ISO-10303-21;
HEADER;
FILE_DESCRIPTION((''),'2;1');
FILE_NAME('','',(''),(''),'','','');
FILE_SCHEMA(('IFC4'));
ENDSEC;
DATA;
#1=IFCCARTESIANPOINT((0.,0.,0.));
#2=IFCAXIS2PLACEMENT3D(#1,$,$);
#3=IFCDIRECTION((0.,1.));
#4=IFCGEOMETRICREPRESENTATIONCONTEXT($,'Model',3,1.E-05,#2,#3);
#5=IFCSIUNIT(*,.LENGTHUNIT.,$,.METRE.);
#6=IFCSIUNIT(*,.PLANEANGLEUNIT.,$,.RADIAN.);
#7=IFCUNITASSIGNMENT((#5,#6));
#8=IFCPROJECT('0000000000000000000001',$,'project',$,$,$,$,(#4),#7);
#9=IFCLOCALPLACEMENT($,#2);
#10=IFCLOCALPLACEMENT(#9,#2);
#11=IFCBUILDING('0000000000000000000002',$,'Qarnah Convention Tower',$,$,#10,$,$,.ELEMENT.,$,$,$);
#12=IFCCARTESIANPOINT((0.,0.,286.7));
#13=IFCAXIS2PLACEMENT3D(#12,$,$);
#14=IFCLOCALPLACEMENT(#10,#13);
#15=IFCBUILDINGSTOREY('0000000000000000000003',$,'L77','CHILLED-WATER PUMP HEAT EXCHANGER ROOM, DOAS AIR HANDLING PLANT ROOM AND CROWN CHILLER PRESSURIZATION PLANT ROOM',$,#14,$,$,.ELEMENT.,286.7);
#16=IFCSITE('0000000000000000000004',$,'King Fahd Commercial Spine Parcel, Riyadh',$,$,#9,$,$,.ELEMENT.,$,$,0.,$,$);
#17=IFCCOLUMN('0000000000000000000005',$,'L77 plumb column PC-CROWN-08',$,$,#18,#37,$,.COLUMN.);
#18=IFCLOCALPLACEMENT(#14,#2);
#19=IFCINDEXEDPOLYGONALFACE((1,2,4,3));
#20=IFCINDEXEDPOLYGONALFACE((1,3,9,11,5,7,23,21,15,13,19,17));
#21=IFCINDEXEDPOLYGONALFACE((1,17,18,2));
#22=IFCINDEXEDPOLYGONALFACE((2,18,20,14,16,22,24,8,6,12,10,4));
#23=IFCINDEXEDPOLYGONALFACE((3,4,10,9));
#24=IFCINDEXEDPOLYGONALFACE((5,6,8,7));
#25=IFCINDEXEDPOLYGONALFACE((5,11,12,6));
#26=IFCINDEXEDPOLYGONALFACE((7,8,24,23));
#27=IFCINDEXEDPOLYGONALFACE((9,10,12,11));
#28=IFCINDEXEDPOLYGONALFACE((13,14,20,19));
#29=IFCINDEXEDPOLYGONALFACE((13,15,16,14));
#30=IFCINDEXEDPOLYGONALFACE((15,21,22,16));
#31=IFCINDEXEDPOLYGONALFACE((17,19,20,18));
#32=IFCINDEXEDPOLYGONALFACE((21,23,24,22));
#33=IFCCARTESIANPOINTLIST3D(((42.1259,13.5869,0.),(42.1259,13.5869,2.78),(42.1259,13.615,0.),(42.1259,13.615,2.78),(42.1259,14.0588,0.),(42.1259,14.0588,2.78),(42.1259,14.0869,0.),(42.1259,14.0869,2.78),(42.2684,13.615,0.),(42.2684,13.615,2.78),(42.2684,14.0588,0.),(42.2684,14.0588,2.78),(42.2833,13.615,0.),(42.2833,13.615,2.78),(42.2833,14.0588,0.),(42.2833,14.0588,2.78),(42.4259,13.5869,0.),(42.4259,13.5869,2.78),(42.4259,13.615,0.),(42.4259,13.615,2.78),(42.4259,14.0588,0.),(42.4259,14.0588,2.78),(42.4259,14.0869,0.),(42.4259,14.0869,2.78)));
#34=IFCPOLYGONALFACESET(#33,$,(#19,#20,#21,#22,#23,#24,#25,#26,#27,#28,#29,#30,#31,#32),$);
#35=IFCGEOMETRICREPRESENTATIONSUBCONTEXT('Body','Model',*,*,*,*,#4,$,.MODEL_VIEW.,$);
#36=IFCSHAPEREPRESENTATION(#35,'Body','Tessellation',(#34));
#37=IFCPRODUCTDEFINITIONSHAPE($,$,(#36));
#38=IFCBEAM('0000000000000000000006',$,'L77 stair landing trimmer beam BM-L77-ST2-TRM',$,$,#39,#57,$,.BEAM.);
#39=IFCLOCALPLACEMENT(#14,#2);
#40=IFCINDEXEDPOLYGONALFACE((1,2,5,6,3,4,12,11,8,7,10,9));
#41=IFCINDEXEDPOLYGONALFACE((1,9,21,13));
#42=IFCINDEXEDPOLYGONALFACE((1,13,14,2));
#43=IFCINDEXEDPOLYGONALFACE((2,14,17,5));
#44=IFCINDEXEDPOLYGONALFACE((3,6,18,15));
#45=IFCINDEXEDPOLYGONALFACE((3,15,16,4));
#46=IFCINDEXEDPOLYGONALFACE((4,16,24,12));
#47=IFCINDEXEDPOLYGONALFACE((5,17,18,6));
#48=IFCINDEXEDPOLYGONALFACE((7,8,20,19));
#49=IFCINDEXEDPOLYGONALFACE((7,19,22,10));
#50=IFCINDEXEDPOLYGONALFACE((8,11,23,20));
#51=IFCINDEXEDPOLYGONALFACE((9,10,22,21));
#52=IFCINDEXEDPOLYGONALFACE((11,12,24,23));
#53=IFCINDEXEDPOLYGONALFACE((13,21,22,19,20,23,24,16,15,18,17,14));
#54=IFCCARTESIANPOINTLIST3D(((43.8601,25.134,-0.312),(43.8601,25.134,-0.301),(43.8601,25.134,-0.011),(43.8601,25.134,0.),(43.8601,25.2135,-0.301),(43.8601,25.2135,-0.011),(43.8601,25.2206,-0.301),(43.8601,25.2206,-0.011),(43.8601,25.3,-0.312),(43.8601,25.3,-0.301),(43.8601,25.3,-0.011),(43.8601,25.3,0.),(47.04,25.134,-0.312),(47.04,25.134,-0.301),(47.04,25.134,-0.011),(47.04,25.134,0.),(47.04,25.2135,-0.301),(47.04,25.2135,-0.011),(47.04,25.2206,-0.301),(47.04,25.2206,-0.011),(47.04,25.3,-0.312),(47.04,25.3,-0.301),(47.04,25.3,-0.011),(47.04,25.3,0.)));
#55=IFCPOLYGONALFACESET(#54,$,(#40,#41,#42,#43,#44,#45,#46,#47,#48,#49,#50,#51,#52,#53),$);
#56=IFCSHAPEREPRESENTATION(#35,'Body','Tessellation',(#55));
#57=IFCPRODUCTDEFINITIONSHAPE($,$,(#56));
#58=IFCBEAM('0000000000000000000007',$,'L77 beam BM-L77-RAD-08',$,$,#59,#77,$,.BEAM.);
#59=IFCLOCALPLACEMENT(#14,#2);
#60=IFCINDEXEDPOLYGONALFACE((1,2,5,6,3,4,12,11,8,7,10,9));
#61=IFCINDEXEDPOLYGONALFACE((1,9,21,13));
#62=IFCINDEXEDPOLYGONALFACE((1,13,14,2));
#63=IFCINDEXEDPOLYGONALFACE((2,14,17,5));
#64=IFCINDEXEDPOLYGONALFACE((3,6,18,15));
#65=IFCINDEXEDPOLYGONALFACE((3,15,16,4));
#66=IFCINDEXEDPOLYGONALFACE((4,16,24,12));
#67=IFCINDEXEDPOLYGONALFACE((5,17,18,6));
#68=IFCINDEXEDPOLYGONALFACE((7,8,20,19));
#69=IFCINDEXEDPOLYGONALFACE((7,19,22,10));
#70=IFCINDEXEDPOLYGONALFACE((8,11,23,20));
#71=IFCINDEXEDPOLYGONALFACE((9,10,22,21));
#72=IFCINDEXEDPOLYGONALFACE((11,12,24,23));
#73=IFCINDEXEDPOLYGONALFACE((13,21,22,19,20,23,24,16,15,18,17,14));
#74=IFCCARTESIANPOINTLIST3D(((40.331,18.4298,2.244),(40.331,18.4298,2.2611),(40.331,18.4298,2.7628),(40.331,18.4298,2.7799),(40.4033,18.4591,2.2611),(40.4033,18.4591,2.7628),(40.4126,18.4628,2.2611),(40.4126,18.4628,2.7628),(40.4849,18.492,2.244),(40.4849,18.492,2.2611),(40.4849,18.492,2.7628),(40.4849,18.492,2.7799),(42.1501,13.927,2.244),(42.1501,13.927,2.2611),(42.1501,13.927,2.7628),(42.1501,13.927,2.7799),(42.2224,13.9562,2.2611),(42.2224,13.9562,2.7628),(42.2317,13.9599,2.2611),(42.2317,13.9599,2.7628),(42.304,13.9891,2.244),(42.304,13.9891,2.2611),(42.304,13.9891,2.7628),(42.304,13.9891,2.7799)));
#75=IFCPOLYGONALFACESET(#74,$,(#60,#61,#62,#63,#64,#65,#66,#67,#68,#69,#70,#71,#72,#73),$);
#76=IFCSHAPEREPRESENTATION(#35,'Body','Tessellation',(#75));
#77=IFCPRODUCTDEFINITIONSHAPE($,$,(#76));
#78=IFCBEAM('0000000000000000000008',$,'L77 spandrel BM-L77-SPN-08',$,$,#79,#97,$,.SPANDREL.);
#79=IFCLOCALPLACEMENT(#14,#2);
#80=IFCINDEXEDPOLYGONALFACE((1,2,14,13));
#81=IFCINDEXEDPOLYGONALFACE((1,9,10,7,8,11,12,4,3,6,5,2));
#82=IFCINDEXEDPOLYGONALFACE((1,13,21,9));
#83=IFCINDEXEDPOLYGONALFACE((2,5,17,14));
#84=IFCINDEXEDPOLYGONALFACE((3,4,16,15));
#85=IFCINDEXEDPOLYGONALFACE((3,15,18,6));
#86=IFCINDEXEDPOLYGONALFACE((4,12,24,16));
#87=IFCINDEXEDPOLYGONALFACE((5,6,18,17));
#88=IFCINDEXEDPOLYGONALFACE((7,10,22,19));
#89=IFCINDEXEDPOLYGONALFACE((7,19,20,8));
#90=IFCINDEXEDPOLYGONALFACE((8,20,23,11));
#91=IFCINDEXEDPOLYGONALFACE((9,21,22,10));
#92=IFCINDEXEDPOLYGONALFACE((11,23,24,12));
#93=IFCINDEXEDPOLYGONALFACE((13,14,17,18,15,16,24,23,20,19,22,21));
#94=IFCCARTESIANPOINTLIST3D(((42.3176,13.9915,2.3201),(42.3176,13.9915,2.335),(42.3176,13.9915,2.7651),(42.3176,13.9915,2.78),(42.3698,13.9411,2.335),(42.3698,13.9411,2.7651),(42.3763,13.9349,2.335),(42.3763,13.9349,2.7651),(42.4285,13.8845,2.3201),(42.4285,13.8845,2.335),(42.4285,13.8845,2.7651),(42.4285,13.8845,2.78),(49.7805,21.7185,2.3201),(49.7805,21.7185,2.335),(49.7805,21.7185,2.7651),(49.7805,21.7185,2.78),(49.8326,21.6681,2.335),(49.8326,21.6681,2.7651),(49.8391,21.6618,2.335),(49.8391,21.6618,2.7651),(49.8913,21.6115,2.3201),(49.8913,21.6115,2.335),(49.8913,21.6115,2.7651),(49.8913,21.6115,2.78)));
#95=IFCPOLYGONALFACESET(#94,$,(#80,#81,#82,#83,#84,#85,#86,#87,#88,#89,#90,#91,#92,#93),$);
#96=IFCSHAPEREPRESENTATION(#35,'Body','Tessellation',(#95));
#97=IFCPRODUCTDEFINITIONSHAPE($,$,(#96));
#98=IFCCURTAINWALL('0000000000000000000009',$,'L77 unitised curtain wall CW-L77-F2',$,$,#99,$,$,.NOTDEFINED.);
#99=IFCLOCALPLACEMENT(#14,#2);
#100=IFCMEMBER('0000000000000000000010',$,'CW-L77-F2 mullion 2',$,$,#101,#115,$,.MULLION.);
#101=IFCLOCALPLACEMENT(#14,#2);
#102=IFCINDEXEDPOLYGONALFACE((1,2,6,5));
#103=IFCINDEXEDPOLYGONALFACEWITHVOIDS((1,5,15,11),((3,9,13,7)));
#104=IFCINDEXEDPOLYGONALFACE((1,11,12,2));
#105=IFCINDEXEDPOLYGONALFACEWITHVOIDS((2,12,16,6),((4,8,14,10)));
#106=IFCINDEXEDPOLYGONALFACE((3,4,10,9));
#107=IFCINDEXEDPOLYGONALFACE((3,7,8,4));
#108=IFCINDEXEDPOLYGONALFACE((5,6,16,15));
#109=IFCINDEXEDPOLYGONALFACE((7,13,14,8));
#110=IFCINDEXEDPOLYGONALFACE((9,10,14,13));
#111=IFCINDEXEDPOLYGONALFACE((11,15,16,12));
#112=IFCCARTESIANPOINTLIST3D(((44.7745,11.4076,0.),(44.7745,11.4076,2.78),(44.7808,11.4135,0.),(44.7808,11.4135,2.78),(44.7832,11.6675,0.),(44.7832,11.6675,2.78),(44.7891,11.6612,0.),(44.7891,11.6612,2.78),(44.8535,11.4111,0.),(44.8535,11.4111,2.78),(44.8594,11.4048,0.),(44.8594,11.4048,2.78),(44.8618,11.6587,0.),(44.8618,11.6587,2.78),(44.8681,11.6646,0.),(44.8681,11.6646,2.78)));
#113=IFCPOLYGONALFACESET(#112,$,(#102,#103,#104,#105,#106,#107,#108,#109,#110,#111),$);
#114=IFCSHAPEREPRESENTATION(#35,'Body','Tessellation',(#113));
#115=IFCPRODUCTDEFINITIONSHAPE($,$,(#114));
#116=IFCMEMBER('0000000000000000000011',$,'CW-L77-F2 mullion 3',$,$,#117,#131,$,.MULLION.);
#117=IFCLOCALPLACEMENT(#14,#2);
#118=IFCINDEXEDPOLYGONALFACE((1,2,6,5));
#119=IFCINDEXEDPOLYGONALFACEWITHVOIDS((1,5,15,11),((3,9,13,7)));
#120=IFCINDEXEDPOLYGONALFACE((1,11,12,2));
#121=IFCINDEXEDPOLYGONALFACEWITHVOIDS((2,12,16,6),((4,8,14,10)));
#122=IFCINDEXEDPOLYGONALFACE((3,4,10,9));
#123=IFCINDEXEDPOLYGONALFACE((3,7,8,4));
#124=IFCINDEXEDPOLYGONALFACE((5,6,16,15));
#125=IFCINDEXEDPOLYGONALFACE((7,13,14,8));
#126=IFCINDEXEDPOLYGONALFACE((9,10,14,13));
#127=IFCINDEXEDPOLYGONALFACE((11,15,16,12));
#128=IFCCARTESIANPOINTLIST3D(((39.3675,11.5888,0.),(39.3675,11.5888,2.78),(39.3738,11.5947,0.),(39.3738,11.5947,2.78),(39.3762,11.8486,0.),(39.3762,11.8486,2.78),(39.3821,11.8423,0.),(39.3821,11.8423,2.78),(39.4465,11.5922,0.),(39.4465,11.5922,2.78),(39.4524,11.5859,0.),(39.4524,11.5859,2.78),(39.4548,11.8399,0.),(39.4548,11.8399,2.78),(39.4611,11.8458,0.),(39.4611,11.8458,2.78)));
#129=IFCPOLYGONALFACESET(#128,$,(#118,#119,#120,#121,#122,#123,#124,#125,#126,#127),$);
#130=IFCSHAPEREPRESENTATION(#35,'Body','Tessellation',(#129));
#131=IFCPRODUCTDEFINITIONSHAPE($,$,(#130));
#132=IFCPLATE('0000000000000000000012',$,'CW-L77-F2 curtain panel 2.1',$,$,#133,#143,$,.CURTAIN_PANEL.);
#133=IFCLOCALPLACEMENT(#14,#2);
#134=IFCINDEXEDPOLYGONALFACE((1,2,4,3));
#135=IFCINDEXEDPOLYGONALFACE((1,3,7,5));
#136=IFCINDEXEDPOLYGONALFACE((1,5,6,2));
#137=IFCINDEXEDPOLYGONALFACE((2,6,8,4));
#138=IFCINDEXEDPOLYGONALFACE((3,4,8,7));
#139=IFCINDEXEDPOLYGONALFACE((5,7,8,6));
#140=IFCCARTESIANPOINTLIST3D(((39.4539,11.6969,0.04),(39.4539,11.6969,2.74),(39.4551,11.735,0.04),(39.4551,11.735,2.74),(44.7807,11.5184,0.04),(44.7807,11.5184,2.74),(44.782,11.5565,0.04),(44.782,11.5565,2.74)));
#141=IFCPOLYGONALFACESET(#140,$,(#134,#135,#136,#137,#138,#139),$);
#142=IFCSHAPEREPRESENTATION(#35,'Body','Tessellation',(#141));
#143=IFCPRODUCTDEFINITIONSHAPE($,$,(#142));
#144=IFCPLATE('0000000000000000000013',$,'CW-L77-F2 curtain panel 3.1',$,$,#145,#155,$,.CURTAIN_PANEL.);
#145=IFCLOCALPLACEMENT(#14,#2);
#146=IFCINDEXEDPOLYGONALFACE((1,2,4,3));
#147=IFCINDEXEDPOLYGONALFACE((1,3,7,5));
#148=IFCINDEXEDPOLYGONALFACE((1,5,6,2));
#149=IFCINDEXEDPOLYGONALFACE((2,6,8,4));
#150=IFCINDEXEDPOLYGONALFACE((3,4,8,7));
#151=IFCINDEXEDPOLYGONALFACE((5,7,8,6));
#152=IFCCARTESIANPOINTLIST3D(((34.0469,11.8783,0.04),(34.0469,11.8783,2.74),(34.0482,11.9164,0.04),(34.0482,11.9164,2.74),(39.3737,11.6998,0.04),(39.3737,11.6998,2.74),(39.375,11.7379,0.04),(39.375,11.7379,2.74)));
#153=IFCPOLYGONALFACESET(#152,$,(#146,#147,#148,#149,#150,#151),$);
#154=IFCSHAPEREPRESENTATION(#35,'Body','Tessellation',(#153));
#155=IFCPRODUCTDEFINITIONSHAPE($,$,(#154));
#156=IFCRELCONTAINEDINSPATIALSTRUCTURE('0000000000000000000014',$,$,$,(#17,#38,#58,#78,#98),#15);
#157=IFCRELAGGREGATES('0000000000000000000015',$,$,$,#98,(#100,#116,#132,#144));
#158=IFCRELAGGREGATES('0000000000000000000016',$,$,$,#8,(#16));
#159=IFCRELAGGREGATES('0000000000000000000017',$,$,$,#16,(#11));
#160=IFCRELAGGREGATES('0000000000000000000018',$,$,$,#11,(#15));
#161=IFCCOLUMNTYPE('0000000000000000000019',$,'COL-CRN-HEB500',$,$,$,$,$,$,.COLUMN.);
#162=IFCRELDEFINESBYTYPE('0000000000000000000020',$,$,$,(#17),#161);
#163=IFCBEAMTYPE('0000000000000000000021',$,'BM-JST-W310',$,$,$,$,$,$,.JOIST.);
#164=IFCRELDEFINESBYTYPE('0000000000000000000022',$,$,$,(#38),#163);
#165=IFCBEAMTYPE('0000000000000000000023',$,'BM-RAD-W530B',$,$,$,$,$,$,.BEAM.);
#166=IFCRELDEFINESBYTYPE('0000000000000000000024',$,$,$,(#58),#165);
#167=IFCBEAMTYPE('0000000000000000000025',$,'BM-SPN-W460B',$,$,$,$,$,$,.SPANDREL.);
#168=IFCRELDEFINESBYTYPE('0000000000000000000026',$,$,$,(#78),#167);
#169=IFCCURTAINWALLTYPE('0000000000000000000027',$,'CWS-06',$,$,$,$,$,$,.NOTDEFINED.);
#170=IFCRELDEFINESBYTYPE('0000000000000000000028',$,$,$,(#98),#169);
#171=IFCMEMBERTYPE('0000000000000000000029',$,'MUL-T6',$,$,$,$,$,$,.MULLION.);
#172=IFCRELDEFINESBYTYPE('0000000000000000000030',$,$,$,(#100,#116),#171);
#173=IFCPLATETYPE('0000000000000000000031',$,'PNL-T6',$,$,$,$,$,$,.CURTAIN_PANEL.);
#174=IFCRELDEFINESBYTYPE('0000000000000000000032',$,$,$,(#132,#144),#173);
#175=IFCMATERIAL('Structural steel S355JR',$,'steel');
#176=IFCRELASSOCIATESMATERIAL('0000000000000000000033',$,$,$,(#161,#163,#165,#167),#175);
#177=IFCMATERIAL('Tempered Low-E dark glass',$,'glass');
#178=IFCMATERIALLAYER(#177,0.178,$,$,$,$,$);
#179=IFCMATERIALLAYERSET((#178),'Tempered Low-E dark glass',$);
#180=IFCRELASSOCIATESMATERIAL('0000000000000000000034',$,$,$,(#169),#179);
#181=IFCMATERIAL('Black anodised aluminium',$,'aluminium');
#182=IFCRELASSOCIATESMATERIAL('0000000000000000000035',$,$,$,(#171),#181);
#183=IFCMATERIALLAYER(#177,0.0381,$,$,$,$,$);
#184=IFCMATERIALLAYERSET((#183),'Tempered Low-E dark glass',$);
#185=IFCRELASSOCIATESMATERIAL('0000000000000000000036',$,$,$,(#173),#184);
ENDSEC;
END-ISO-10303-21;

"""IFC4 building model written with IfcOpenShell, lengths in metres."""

from ifc_helpers import new_model, si_unit, direction, frame, origin, origin_2d, place, context, subcontext, project, spatial, rectangle, hollow_rectangle, i_section, extrude, material, layer, layer_set, material_profile, profile_set, type_object, element, aggregate, save


model = new_model("IFC4")

# Units and contexts
model_context = context("Model", 3, precision=1e-05, world=origin(), true_north=direction((0.0, 1.0)))
body_context = subcontext(model_context, "Body", "Model", "MODEL_VIEW")
ifc_project = project(units=[si_unit("LENGTHUNIT", "METRE"), si_unit("PLANEANGLEUNIT", "RADIAN")], contexts=[model_context])

# Site, building, storey
site_placement = place(None, origin())
site = spatial("IfcSite", under=ifc_project, at=site_placement, Name="King Fahd Commercial Spine Parcel, Riyadh", CompositionType="ELEMENT", RefElevation=0.0)
building_placement = place(site_placement, origin())
building = spatial("IfcBuilding", under=site, at=building_placement, Name="Qarnah Convention Tower", CompositionType="ELEMENT")
storey_placement = place(building_placement, frame((0.0, 0.0, 286.7)))
storey = spatial("IfcBuildingStorey", under=building, at=storey_placement, Name="L77", Description="CHILLED-WATER PUMP HEAT EXCHANGER ROOM, DOAS AIR HANDLING PLANT ROOM AND CROWN CHILLER PRESSURIZATION PLANT ROOM", CompositionType="ELEMENT", Elevation=286.7)

# Column
ifc_material_1 = material(Name="Structural steel S355JR", Category="steel")
ifc_material_profile_1 = material_profile(ifc_material_1, i_section(OverallWidth=0.3, OverallDepth=0.5, WebThickness=0.0149, FlangeThickness=0.0281, at=origin_2d()), Name="HEB500")
ifc_profile_set_1 = profile_set([ifc_material_profile_1], Name="Structural steel S355JR")
column_type = type_object("IfcColumnType", Name="COL-CRN-HEB500", PredefinedType="COLUMN", material=ifc_profile_set_1)
column_placement = place(storey_placement, frame((42.2759, 13.8369, 0.0), z_axis=(0.0, 0.0, 1.0), x_axis=(1.0, 0.0, 0.0)))
element("IfcColumn", 1, at=column_placement, inside=storey, type_object=column_type, Name="L77 plumb column PC-CROWN-08", PredefinedType="COLUMN", context=body_context, shape_type="SweptSolid", body=[
    extrude(i_section(OverallWidth=0.3, OverallDepth=0.5, WebThickness=0.0149, FlangeThickness=0.0281, at=origin_2d()), origin(), (0.0, 0.0, 1.0), 2.78),
])

# Beams
ifc_material_profile_2 = material_profile(ifc_material_1, i_section(OverallWidth=0.166, OverallDepth=0.312, WebThickness=0.0071, FlangeThickness=0.011, at=origin_2d()), Name="W310X45")
ifc_profile_set_2 = profile_set([ifc_material_profile_2], Name="Structural steel S355JR")
beam_type_1 = type_object("IfcBeamType", Name="BM-JST-W310", PredefinedType="JOIST", material=ifc_profile_set_2)
beam_1_placement = place(storey_placement, frame((43.8601, 25.217, -0.156), z_axis=(1.0, 0.0, 0.0), x_axis=(0.0, 1.0, 0.0)))
element("IfcBeam", 2, at=beam_1_placement, inside=storey, type_object=beam_type_1, Name="L77 stair landing trimmer beam BM-L77-ST2-TRM", PredefinedType="BEAM", context=body_context, shape_type="SweptSolid", body=[
    extrude(i_section(OverallWidth=0.166, OverallDepth=0.312, WebThickness=0.0071, FlangeThickness=0.011, at=origin_2d()), origin(), (0.0, 0.0, 1.0), 3.1799),
])
ifc_material_profile_3 = material_profile(ifc_material_1, i_section(OverallWidth=0.166, OverallDepth=0.5359, WebThickness=0.01, FlangeThickness=0.0171, at=origin_2d()), Name="W530X85")
ifc_profile_set_3 = profile_set([ifc_material_profile_3], Name="Structural steel S355JR")
beam_type_2 = type_object("IfcBeamType", Name="BM-RAD-W530B", PredefinedType="BEAM", material=ifc_profile_set_3)
beam_2_placement = place(storey_placement, frame((40.408, 18.4609, 2.512), z_axis=(0.374569, -0.927199, 0.0), x_axis=(0.927199, 0.374569, 0.0)))
element("IfcBeam", 3, at=beam_2_placement, inside=storey, type_object=beam_type_2, Name="L77 beam BM-L77-RAD-08", PredefinedType="BEAM", context=body_context, shape_type="SweptSolid", body=[
    extrude(i_section(OverallWidth=0.166, OverallDepth=0.5359, WebThickness=0.01, FlangeThickness=0.0171, at=origin_2d()), origin(), (0.0, 0.0, 1.0), 4.8564),
])
ifc_material_profile_4 = material_profile(ifc_material_1, i_section(OverallWidth=0.1541, OverallDepth=0.46, WebThickness=0.009, FlangeThickness=0.0149, at=origin_2d()), Name="W460X68")
ifc_profile_set_4 = profile_set([ifc_material_profile_4], Name="Structural steel S355JR")
beam_type_3 = type_object("IfcBeamType", Name="BM-SPN-W460B", PredefinedType="SPANDREL", material=ifc_profile_set_4)
beam_3_placement = place(storey_placement, frame((42.373, 13.938, 2.55), z_axis=(0.694705, 0.719295, 0.0), x_axis=(-0.719295, 0.694705, 0.0)))
element("IfcBeam", 4, at=beam_3_placement, inside=storey, type_object=beam_type_3, Name="L77 spandrel BM-L77-SPN-08", PredefinedType="SPANDREL", context=body_context, shape_type="SweptSolid", body=[
    extrude(i_section(OverallWidth=0.1541, OverallDepth=0.46, WebThickness=0.009, FlangeThickness=0.0149, at=origin_2d()), origin(), (0.0, 0.0, 1.0), 10.7424),
])

# Curtain wall, members, plates
ifc_material_2 = material(Name="Tempered Low-E dark glass", Category="glass")
ifc_layer_1 = layer(ifc_material_2, 0.178)
ifc_layer_set_1 = layer_set([ifc_layer_1], Name="Tempered Low-E dark glass")
curtain_wall_type = type_object("IfcCurtainWallType", Name="CWS-06", PredefinedType="NOTDEFINED", material=ifc_layer_set_1)
curtain_wall_placement = place(storey_placement, origin())
curtain_wall = element("IfcCurtainWall", 5, at=curtain_wall_placement, inside=storey, type_object=curtain_wall_type, Name="L77 unitised curtain wall CW-L77-F2", PredefinedType="NOTDEFINED")
ifc_material_3 = material(Name="Black anodised aluminium", Category="aluminium")
ifc_material_profile_5 = material_profile(ifc_material_3, hollow_rectangle(XDim=0.085, YDim=0.26, WallThickness=0.0061, at=origin_2d()), Name="MUL-85X260")
ifc_profile_set_5 = profile_set([ifc_material_profile_5], Name="Black anodised aluminium")
member_type = type_object("IfcMemberType", Name="MUL-T6", PredefinedType="MULLION", material=ifc_profile_set_5)
member_1_placement = place(storey_placement, frame((44.8213, 11.5361, 0.0), z_axis=(0.0, 0.0, 1.0), x_axis=(-0.999439, 0.033495, 0.0)))
member_1 = element("IfcMember", 6, at=member_1_placement, type_object=member_type, Name="CW-L77-F2 mullion 2", PredefinedType="MULLION", context=body_context, shape_type="SweptSolid", body=[
    extrude(hollow_rectangle(XDim=0.085, YDim=0.26, WallThickness=0.0061, at=origin_2d()), origin(), (0.0, 0.0, 1.0), 2.78),
])
member_2_placement = place(storey_placement, frame((39.4143, 11.7173, 0.0), z_axis=(0.0, 0.0, 1.0), x_axis=(-0.999439, 0.033495, 0.0)))
member_2 = element("IfcMember", 7, at=member_2_placement, type_object=member_type, Name="CW-L77-F2 mullion 3", PredefinedType="MULLION", context=body_context, shape_type="SweptSolid", body=[
    extrude(hollow_rectangle(XDim=0.085, YDim=0.26, WallThickness=0.0061, at=origin_2d()), origin(), (0.0, 0.0, 1.0), 2.78),
])
ifc_layer_2 = layer(ifc_material_2, 0.0381)
ifc_layer_set_2 = layer_set([ifc_layer_2], Name="Tempered Low-E dark glass")
plate_type = type_object("IfcPlateType", Name="PNL-T6", PredefinedType="CURTAIN_PANEL", material=ifc_layer_set_2)
plate_1_placement = place(storey_placement, frame((42.1179, 11.6267, 0.04), z_axis=(0.0, 0.0, 1.0), x_axis=(-0.999439, 0.033495, 0.0)))
plate_1 = element("IfcPlate", 8, at=plate_1_placement, type_object=plate_type, Name="CW-L77-F2 curtain panel 2.1", PredefinedType="CURTAIN_PANEL", context=body_context, shape_type="SweptSolid", body=[
    extrude(rectangle(XDim=5.3298, YDim=0.0381, at=origin_2d()), origin(), (0.0, 0.0, 1.0), 2.7),
])
plate_2_placement = place(storey_placement, frame((36.7109, 11.8081, 0.04), z_axis=(0.0, 0.0, 1.0), x_axis=(-0.999439, 0.033495, 0.0)))
plate_2 = element("IfcPlate", 9, at=plate_2_placement, type_object=plate_type, Name="CW-L77-F2 curtain panel 3.1", PredefinedType="CURTAIN_PANEL", context=body_context, shape_type="SweptSolid", body=[
    extrude(rectangle(XDim=5.3298, YDim=0.0381, at=origin_2d()), origin(), (0.0, 0.0, 1.0), 2.7),
])
aggregate(curtain_wall, [member_1, member_2, plate_1, plate_2])

save(model, "model.ifc")
